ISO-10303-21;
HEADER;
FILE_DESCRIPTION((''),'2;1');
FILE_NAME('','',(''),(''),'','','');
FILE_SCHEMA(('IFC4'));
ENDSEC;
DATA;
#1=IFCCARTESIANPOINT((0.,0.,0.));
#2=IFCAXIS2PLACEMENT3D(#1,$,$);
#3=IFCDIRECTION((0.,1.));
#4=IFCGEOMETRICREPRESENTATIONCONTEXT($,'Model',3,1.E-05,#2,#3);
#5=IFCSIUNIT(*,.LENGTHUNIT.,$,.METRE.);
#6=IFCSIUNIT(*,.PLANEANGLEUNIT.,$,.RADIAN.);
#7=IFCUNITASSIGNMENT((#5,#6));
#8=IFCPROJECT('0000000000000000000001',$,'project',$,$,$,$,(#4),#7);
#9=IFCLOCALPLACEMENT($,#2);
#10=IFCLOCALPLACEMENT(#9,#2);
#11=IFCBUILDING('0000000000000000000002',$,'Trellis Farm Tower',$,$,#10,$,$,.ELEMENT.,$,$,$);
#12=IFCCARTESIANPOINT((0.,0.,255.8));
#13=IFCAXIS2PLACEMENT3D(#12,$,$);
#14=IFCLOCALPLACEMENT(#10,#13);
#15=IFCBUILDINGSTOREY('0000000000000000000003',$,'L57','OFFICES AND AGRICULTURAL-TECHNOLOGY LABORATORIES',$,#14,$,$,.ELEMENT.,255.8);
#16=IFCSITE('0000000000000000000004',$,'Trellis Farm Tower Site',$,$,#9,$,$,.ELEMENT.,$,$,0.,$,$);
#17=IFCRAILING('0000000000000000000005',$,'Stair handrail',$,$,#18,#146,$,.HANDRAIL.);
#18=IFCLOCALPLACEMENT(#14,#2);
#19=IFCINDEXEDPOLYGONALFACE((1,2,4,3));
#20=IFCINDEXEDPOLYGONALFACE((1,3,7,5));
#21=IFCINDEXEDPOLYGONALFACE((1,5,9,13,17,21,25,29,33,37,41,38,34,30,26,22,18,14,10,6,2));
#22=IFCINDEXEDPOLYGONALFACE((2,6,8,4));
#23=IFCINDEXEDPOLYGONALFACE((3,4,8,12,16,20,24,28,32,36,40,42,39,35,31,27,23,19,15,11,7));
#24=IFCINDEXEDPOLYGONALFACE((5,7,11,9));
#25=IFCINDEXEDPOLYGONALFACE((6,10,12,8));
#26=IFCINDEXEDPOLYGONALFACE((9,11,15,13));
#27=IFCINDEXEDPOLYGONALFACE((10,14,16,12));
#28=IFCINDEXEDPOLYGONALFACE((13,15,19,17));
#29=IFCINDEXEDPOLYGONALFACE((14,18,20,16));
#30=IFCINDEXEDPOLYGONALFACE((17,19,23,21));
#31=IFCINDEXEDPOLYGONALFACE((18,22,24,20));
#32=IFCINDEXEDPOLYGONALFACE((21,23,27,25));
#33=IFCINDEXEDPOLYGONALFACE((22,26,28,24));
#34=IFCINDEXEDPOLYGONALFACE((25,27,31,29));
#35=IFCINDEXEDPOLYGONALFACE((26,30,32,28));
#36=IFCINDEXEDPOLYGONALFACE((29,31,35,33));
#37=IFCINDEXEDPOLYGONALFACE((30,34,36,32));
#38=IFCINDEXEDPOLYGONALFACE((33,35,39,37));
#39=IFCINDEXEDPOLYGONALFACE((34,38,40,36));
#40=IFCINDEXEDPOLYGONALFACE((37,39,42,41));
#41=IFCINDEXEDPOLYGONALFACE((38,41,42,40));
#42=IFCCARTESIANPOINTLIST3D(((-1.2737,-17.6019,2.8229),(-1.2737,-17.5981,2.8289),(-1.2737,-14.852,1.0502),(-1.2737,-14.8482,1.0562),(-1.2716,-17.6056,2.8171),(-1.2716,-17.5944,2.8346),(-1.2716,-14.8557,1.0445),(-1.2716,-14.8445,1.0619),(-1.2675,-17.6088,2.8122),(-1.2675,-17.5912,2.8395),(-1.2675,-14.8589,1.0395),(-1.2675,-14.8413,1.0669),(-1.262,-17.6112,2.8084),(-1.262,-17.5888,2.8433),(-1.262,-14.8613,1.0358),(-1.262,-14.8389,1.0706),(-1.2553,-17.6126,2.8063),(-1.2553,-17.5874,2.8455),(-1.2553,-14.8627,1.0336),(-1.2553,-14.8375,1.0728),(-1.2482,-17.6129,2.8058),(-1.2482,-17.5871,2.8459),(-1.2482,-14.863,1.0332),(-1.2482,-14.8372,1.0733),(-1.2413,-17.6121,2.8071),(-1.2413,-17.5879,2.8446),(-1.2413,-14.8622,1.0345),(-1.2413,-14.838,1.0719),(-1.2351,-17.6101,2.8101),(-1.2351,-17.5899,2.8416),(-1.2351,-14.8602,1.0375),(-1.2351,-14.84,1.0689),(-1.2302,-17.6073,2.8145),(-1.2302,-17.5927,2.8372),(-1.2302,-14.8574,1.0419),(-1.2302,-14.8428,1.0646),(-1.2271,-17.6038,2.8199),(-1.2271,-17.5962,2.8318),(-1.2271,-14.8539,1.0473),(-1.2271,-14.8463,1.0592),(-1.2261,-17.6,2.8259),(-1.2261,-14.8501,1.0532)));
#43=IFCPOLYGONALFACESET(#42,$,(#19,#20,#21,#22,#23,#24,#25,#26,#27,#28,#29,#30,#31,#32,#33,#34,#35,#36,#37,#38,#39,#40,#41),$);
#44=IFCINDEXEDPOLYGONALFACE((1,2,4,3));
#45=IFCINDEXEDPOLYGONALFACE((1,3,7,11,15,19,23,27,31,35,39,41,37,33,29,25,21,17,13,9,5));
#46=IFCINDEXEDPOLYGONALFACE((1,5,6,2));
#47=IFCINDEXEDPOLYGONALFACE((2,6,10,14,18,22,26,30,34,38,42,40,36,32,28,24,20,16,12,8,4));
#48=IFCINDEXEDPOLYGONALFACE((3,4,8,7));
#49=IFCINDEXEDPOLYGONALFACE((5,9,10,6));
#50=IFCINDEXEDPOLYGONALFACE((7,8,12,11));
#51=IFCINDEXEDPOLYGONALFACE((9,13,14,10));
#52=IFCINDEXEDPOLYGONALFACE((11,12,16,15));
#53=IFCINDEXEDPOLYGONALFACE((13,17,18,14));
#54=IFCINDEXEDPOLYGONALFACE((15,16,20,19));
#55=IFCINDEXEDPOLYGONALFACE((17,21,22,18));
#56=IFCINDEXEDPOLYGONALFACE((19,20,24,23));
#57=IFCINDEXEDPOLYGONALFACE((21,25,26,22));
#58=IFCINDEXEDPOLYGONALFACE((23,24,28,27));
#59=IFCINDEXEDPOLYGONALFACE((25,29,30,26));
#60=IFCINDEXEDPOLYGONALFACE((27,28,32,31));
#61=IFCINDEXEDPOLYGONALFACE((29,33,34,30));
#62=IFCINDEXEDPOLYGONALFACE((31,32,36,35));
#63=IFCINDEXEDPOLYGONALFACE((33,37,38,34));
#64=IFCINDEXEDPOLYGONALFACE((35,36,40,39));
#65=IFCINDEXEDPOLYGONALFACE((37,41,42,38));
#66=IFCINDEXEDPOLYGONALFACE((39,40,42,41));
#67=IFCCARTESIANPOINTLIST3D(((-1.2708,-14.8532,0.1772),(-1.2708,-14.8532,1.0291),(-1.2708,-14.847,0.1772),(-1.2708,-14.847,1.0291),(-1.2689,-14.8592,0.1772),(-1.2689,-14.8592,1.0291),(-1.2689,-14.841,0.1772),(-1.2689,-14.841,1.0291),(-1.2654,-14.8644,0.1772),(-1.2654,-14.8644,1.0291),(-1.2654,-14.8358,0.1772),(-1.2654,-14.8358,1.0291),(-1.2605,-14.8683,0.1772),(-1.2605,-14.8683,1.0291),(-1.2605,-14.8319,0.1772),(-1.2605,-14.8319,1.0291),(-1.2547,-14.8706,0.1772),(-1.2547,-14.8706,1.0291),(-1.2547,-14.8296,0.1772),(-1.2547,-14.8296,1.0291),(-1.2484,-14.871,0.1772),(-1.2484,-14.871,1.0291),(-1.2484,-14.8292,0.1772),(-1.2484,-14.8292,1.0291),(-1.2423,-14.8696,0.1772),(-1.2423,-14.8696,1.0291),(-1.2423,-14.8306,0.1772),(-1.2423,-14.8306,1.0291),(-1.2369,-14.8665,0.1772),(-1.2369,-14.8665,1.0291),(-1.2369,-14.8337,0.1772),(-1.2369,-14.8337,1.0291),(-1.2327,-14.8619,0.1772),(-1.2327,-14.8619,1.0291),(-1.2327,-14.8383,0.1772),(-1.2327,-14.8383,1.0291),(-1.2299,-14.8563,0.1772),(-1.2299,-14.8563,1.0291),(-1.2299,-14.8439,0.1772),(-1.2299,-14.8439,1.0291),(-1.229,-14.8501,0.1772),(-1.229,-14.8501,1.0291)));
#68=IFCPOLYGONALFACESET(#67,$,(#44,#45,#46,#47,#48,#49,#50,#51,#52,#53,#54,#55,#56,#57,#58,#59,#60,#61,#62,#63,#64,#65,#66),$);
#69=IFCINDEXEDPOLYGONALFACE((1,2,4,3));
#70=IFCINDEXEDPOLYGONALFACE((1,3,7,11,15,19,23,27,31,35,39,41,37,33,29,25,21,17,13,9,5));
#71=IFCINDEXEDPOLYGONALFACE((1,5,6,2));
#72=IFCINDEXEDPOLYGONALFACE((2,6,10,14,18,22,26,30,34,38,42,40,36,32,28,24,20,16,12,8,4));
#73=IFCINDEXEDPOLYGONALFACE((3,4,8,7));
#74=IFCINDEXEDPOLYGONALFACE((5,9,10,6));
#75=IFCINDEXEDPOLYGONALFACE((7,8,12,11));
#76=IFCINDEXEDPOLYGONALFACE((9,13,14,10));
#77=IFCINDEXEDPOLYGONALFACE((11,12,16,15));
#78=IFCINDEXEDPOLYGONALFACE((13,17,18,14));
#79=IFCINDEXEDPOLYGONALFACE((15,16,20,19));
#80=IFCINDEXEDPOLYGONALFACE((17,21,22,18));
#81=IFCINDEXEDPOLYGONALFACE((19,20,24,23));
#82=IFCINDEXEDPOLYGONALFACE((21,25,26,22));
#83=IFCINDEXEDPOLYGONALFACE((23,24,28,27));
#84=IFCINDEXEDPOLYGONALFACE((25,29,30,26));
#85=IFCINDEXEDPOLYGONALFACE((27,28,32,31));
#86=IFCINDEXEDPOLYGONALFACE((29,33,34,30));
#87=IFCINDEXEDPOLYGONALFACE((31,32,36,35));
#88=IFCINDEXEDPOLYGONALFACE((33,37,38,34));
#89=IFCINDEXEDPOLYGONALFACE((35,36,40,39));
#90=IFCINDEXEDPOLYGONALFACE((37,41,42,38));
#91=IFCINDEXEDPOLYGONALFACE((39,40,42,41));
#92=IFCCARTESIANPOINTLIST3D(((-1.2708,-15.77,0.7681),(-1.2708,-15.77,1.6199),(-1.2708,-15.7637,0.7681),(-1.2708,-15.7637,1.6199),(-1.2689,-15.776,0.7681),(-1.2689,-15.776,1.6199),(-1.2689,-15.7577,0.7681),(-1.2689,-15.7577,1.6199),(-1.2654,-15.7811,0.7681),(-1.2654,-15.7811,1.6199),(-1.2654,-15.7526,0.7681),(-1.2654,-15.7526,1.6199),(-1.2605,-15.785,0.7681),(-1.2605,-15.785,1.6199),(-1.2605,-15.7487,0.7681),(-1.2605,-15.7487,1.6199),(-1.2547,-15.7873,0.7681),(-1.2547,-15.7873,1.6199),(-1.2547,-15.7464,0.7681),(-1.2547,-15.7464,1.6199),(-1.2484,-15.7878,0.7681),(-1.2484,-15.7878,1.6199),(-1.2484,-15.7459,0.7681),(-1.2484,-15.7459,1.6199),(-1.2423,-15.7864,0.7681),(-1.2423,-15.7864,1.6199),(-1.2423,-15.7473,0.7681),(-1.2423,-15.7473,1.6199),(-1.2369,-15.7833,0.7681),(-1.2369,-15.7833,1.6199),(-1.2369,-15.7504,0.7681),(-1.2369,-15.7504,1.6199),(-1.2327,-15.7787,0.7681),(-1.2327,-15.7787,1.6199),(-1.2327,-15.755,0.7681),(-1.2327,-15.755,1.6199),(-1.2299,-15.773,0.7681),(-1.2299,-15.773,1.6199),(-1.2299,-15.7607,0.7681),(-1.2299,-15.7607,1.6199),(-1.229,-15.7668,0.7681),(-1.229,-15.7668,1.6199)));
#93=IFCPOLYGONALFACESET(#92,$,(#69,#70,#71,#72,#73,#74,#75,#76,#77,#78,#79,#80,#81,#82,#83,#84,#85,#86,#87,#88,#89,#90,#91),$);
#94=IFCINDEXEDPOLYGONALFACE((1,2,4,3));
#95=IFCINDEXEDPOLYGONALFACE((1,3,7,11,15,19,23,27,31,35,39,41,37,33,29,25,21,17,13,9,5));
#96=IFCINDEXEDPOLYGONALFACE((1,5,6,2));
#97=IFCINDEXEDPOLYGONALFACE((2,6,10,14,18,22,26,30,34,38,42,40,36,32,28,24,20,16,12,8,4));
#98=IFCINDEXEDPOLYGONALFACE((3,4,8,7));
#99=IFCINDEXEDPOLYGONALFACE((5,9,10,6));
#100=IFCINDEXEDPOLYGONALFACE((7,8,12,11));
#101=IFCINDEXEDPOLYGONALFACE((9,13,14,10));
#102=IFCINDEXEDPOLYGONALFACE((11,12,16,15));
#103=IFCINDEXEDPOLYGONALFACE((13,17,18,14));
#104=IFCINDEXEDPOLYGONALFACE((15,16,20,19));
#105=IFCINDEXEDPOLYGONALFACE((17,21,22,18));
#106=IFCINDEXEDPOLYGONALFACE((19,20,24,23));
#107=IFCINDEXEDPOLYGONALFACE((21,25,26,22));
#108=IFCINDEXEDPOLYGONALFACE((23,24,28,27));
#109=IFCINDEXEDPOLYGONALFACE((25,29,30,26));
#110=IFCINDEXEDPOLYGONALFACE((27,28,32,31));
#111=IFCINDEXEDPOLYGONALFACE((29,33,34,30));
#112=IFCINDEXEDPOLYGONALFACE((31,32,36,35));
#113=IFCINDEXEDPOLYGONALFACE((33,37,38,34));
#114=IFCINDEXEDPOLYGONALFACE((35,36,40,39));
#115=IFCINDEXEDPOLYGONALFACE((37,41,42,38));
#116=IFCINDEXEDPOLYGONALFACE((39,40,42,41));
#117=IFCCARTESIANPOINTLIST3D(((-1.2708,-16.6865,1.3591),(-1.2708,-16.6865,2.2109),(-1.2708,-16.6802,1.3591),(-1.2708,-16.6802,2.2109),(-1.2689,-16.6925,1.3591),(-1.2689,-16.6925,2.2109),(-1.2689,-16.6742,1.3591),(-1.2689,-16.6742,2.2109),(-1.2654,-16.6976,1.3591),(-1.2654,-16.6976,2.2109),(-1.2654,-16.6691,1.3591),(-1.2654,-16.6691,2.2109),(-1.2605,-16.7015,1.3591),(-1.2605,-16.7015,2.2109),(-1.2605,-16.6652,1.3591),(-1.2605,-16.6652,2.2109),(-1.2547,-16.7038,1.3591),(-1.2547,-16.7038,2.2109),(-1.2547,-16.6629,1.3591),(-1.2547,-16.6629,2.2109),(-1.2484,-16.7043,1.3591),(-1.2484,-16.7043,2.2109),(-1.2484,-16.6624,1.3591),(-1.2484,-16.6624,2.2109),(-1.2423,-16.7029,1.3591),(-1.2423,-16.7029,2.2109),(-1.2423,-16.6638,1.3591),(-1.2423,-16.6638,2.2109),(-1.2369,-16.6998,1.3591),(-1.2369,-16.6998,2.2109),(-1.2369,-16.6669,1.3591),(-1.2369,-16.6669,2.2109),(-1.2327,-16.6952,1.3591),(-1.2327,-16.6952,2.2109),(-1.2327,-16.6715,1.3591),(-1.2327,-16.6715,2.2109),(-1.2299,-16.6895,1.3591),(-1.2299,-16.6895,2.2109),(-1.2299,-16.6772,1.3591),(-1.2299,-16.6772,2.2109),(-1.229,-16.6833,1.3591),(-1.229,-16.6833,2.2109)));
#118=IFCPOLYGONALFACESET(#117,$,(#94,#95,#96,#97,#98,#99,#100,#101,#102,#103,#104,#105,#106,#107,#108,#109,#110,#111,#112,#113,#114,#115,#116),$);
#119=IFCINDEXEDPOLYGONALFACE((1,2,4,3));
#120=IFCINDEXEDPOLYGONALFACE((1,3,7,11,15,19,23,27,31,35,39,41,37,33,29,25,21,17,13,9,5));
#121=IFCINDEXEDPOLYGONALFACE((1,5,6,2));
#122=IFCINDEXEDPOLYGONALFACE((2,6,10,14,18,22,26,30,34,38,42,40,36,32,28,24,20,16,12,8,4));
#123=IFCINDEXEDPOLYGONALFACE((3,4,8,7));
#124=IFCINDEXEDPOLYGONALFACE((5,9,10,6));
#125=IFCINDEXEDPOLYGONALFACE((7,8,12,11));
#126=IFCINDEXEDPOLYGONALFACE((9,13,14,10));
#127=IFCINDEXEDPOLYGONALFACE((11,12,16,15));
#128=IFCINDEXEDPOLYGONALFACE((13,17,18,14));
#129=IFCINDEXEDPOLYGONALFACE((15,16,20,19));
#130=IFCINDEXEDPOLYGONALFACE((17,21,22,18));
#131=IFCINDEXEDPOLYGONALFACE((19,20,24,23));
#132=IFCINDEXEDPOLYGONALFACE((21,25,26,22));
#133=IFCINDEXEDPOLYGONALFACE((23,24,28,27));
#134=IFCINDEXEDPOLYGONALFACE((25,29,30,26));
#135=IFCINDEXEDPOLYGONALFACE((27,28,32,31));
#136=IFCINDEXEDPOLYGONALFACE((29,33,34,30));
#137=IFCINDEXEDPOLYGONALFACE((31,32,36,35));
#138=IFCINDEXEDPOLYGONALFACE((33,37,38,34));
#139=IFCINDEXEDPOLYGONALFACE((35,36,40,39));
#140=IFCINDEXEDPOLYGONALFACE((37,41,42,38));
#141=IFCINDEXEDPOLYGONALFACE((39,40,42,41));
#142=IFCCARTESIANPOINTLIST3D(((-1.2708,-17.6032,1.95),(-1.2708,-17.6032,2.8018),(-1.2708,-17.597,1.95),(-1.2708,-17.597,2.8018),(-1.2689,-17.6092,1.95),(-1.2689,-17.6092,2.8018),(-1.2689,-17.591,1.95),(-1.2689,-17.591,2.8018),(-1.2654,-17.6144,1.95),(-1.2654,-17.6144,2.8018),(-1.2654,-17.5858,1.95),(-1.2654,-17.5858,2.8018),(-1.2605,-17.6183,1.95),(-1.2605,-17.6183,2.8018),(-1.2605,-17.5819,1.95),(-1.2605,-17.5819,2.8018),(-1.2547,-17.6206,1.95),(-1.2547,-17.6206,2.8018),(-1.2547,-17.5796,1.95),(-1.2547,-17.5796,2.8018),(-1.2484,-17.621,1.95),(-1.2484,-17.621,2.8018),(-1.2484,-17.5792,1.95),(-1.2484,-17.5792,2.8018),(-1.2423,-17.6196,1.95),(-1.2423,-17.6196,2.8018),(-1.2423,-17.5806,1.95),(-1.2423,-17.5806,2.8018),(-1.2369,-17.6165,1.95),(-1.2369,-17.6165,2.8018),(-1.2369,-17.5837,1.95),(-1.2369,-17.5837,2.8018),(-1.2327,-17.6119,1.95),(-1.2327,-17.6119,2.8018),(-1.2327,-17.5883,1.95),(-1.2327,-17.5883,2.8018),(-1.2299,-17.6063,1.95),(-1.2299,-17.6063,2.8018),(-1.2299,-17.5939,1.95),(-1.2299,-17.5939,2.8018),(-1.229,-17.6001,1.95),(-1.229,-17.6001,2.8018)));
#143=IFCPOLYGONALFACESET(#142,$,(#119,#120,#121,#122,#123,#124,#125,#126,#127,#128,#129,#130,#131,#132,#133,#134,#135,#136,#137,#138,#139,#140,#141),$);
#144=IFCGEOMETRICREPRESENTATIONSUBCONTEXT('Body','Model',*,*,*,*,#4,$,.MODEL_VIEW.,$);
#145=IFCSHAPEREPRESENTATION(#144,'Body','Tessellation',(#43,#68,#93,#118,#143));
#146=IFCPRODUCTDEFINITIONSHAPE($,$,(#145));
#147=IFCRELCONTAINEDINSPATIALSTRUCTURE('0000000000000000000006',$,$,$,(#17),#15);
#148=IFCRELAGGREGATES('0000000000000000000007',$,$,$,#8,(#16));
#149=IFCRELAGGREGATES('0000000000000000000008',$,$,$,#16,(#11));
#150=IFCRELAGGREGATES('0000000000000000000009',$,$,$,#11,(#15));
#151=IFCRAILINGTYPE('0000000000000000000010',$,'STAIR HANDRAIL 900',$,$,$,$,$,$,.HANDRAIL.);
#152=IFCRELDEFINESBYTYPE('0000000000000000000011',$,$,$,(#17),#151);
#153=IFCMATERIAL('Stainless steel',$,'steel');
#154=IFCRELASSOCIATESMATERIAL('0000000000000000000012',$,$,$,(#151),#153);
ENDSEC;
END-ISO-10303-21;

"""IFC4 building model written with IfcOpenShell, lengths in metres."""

from ifc_helpers import new_model, si_unit, direction, frame, origin, origin_2d, place, context, subcontext, project, spatial, circle, extrude, source, transform, mapped, material, type_object, element, save


model = new_model("IFC4")

# Units and contexts
model_context = context("Model", 3, precision=1e-05, world=origin(), true_north=direction((0.0, 1.0)))
body_context = subcontext(model_context, "Body", "Model", "MODEL_VIEW")
ifc_project = project(units=[si_unit("LENGTHUNIT", "METRE"), si_unit("PLANEANGLEUNIT", "RADIAN")], contexts=[model_context])

# Site, building, storey
site_placement = place(None, origin())
site = spatial("IfcSite", under=ifc_project, at=site_placement, Name="Trellis Farm Tower Site", CompositionType="ELEMENT", RefElevation=0.0)
building_placement = place(site_placement, origin())
building = spatial("IfcBuilding", under=site, at=building_placement, Name="Trellis Farm Tower", CompositionType="ELEMENT")
storey_placement = place(building_placement, frame((0.0, 0.0, 255.8)))
storey = spatial("IfcBuildingStorey", under=building, at=storey_placement, Name="L57", Description="OFFICES AND AGRICULTURAL-TECHNOLOGY LABORATORIES", CompositionType="ELEMENT", Elevation=255.8)

# Railing
ifc_material_1 = material(Name="Stainless steel", Category="steel")
railing_type = type_object("IfcRailingType", Name="STAIR HANDRAIL 900", PredefinedType="HANDRAIL", material=ifc_material_1)
shared_shape_1 = source(origin(), body_context, "Body", "SweptSolid", [
    extrude(circle(Radius=0.0239, at=origin_2d()), frame((0.0, 0.0, 0.876), z_axis=(0.0, -0.840504, 0.541806), x_axis=(1.0, 0.0, 0.0)), (0.0, 0.0, 1.0), 3.2717),
    extrude(circle(Radius=0.021, at=origin_2d()), origin(), (0.0, 0.0, 1.0), 0.8518),
    extrude(circle(Radius=0.021, at=origin_2d()), frame((0.0, -0.9167, 0.5908)), (0.0, 0.0, 1.0), 0.8518),
    extrude(circle(Radius=0.021, at=origin_2d()), frame((0.0, -1.8333, 1.1819)), (0.0, 0.0, 1.0), 0.8518),
    extrude(circle(Radius=0.021, at=origin_2d()), frame((0.0, -2.75, 1.7727)), (0.0, 0.0, 1.0), 0.8518),
])
railing_placement = place(storey_placement, frame((-1.25, -14.8501, 0.1772)))
element("IfcRailing", 1, at=railing_placement, inside=storey, type_object=railing_type, Name="Stair handrail", PredefinedType="HANDRAIL", context=body_context, shape_type="MappedRepresentation", body=[
    mapped(shared_shape_1, transform((0.0, 0.0, 0.0))),
])

save(model, "model.ifc")
